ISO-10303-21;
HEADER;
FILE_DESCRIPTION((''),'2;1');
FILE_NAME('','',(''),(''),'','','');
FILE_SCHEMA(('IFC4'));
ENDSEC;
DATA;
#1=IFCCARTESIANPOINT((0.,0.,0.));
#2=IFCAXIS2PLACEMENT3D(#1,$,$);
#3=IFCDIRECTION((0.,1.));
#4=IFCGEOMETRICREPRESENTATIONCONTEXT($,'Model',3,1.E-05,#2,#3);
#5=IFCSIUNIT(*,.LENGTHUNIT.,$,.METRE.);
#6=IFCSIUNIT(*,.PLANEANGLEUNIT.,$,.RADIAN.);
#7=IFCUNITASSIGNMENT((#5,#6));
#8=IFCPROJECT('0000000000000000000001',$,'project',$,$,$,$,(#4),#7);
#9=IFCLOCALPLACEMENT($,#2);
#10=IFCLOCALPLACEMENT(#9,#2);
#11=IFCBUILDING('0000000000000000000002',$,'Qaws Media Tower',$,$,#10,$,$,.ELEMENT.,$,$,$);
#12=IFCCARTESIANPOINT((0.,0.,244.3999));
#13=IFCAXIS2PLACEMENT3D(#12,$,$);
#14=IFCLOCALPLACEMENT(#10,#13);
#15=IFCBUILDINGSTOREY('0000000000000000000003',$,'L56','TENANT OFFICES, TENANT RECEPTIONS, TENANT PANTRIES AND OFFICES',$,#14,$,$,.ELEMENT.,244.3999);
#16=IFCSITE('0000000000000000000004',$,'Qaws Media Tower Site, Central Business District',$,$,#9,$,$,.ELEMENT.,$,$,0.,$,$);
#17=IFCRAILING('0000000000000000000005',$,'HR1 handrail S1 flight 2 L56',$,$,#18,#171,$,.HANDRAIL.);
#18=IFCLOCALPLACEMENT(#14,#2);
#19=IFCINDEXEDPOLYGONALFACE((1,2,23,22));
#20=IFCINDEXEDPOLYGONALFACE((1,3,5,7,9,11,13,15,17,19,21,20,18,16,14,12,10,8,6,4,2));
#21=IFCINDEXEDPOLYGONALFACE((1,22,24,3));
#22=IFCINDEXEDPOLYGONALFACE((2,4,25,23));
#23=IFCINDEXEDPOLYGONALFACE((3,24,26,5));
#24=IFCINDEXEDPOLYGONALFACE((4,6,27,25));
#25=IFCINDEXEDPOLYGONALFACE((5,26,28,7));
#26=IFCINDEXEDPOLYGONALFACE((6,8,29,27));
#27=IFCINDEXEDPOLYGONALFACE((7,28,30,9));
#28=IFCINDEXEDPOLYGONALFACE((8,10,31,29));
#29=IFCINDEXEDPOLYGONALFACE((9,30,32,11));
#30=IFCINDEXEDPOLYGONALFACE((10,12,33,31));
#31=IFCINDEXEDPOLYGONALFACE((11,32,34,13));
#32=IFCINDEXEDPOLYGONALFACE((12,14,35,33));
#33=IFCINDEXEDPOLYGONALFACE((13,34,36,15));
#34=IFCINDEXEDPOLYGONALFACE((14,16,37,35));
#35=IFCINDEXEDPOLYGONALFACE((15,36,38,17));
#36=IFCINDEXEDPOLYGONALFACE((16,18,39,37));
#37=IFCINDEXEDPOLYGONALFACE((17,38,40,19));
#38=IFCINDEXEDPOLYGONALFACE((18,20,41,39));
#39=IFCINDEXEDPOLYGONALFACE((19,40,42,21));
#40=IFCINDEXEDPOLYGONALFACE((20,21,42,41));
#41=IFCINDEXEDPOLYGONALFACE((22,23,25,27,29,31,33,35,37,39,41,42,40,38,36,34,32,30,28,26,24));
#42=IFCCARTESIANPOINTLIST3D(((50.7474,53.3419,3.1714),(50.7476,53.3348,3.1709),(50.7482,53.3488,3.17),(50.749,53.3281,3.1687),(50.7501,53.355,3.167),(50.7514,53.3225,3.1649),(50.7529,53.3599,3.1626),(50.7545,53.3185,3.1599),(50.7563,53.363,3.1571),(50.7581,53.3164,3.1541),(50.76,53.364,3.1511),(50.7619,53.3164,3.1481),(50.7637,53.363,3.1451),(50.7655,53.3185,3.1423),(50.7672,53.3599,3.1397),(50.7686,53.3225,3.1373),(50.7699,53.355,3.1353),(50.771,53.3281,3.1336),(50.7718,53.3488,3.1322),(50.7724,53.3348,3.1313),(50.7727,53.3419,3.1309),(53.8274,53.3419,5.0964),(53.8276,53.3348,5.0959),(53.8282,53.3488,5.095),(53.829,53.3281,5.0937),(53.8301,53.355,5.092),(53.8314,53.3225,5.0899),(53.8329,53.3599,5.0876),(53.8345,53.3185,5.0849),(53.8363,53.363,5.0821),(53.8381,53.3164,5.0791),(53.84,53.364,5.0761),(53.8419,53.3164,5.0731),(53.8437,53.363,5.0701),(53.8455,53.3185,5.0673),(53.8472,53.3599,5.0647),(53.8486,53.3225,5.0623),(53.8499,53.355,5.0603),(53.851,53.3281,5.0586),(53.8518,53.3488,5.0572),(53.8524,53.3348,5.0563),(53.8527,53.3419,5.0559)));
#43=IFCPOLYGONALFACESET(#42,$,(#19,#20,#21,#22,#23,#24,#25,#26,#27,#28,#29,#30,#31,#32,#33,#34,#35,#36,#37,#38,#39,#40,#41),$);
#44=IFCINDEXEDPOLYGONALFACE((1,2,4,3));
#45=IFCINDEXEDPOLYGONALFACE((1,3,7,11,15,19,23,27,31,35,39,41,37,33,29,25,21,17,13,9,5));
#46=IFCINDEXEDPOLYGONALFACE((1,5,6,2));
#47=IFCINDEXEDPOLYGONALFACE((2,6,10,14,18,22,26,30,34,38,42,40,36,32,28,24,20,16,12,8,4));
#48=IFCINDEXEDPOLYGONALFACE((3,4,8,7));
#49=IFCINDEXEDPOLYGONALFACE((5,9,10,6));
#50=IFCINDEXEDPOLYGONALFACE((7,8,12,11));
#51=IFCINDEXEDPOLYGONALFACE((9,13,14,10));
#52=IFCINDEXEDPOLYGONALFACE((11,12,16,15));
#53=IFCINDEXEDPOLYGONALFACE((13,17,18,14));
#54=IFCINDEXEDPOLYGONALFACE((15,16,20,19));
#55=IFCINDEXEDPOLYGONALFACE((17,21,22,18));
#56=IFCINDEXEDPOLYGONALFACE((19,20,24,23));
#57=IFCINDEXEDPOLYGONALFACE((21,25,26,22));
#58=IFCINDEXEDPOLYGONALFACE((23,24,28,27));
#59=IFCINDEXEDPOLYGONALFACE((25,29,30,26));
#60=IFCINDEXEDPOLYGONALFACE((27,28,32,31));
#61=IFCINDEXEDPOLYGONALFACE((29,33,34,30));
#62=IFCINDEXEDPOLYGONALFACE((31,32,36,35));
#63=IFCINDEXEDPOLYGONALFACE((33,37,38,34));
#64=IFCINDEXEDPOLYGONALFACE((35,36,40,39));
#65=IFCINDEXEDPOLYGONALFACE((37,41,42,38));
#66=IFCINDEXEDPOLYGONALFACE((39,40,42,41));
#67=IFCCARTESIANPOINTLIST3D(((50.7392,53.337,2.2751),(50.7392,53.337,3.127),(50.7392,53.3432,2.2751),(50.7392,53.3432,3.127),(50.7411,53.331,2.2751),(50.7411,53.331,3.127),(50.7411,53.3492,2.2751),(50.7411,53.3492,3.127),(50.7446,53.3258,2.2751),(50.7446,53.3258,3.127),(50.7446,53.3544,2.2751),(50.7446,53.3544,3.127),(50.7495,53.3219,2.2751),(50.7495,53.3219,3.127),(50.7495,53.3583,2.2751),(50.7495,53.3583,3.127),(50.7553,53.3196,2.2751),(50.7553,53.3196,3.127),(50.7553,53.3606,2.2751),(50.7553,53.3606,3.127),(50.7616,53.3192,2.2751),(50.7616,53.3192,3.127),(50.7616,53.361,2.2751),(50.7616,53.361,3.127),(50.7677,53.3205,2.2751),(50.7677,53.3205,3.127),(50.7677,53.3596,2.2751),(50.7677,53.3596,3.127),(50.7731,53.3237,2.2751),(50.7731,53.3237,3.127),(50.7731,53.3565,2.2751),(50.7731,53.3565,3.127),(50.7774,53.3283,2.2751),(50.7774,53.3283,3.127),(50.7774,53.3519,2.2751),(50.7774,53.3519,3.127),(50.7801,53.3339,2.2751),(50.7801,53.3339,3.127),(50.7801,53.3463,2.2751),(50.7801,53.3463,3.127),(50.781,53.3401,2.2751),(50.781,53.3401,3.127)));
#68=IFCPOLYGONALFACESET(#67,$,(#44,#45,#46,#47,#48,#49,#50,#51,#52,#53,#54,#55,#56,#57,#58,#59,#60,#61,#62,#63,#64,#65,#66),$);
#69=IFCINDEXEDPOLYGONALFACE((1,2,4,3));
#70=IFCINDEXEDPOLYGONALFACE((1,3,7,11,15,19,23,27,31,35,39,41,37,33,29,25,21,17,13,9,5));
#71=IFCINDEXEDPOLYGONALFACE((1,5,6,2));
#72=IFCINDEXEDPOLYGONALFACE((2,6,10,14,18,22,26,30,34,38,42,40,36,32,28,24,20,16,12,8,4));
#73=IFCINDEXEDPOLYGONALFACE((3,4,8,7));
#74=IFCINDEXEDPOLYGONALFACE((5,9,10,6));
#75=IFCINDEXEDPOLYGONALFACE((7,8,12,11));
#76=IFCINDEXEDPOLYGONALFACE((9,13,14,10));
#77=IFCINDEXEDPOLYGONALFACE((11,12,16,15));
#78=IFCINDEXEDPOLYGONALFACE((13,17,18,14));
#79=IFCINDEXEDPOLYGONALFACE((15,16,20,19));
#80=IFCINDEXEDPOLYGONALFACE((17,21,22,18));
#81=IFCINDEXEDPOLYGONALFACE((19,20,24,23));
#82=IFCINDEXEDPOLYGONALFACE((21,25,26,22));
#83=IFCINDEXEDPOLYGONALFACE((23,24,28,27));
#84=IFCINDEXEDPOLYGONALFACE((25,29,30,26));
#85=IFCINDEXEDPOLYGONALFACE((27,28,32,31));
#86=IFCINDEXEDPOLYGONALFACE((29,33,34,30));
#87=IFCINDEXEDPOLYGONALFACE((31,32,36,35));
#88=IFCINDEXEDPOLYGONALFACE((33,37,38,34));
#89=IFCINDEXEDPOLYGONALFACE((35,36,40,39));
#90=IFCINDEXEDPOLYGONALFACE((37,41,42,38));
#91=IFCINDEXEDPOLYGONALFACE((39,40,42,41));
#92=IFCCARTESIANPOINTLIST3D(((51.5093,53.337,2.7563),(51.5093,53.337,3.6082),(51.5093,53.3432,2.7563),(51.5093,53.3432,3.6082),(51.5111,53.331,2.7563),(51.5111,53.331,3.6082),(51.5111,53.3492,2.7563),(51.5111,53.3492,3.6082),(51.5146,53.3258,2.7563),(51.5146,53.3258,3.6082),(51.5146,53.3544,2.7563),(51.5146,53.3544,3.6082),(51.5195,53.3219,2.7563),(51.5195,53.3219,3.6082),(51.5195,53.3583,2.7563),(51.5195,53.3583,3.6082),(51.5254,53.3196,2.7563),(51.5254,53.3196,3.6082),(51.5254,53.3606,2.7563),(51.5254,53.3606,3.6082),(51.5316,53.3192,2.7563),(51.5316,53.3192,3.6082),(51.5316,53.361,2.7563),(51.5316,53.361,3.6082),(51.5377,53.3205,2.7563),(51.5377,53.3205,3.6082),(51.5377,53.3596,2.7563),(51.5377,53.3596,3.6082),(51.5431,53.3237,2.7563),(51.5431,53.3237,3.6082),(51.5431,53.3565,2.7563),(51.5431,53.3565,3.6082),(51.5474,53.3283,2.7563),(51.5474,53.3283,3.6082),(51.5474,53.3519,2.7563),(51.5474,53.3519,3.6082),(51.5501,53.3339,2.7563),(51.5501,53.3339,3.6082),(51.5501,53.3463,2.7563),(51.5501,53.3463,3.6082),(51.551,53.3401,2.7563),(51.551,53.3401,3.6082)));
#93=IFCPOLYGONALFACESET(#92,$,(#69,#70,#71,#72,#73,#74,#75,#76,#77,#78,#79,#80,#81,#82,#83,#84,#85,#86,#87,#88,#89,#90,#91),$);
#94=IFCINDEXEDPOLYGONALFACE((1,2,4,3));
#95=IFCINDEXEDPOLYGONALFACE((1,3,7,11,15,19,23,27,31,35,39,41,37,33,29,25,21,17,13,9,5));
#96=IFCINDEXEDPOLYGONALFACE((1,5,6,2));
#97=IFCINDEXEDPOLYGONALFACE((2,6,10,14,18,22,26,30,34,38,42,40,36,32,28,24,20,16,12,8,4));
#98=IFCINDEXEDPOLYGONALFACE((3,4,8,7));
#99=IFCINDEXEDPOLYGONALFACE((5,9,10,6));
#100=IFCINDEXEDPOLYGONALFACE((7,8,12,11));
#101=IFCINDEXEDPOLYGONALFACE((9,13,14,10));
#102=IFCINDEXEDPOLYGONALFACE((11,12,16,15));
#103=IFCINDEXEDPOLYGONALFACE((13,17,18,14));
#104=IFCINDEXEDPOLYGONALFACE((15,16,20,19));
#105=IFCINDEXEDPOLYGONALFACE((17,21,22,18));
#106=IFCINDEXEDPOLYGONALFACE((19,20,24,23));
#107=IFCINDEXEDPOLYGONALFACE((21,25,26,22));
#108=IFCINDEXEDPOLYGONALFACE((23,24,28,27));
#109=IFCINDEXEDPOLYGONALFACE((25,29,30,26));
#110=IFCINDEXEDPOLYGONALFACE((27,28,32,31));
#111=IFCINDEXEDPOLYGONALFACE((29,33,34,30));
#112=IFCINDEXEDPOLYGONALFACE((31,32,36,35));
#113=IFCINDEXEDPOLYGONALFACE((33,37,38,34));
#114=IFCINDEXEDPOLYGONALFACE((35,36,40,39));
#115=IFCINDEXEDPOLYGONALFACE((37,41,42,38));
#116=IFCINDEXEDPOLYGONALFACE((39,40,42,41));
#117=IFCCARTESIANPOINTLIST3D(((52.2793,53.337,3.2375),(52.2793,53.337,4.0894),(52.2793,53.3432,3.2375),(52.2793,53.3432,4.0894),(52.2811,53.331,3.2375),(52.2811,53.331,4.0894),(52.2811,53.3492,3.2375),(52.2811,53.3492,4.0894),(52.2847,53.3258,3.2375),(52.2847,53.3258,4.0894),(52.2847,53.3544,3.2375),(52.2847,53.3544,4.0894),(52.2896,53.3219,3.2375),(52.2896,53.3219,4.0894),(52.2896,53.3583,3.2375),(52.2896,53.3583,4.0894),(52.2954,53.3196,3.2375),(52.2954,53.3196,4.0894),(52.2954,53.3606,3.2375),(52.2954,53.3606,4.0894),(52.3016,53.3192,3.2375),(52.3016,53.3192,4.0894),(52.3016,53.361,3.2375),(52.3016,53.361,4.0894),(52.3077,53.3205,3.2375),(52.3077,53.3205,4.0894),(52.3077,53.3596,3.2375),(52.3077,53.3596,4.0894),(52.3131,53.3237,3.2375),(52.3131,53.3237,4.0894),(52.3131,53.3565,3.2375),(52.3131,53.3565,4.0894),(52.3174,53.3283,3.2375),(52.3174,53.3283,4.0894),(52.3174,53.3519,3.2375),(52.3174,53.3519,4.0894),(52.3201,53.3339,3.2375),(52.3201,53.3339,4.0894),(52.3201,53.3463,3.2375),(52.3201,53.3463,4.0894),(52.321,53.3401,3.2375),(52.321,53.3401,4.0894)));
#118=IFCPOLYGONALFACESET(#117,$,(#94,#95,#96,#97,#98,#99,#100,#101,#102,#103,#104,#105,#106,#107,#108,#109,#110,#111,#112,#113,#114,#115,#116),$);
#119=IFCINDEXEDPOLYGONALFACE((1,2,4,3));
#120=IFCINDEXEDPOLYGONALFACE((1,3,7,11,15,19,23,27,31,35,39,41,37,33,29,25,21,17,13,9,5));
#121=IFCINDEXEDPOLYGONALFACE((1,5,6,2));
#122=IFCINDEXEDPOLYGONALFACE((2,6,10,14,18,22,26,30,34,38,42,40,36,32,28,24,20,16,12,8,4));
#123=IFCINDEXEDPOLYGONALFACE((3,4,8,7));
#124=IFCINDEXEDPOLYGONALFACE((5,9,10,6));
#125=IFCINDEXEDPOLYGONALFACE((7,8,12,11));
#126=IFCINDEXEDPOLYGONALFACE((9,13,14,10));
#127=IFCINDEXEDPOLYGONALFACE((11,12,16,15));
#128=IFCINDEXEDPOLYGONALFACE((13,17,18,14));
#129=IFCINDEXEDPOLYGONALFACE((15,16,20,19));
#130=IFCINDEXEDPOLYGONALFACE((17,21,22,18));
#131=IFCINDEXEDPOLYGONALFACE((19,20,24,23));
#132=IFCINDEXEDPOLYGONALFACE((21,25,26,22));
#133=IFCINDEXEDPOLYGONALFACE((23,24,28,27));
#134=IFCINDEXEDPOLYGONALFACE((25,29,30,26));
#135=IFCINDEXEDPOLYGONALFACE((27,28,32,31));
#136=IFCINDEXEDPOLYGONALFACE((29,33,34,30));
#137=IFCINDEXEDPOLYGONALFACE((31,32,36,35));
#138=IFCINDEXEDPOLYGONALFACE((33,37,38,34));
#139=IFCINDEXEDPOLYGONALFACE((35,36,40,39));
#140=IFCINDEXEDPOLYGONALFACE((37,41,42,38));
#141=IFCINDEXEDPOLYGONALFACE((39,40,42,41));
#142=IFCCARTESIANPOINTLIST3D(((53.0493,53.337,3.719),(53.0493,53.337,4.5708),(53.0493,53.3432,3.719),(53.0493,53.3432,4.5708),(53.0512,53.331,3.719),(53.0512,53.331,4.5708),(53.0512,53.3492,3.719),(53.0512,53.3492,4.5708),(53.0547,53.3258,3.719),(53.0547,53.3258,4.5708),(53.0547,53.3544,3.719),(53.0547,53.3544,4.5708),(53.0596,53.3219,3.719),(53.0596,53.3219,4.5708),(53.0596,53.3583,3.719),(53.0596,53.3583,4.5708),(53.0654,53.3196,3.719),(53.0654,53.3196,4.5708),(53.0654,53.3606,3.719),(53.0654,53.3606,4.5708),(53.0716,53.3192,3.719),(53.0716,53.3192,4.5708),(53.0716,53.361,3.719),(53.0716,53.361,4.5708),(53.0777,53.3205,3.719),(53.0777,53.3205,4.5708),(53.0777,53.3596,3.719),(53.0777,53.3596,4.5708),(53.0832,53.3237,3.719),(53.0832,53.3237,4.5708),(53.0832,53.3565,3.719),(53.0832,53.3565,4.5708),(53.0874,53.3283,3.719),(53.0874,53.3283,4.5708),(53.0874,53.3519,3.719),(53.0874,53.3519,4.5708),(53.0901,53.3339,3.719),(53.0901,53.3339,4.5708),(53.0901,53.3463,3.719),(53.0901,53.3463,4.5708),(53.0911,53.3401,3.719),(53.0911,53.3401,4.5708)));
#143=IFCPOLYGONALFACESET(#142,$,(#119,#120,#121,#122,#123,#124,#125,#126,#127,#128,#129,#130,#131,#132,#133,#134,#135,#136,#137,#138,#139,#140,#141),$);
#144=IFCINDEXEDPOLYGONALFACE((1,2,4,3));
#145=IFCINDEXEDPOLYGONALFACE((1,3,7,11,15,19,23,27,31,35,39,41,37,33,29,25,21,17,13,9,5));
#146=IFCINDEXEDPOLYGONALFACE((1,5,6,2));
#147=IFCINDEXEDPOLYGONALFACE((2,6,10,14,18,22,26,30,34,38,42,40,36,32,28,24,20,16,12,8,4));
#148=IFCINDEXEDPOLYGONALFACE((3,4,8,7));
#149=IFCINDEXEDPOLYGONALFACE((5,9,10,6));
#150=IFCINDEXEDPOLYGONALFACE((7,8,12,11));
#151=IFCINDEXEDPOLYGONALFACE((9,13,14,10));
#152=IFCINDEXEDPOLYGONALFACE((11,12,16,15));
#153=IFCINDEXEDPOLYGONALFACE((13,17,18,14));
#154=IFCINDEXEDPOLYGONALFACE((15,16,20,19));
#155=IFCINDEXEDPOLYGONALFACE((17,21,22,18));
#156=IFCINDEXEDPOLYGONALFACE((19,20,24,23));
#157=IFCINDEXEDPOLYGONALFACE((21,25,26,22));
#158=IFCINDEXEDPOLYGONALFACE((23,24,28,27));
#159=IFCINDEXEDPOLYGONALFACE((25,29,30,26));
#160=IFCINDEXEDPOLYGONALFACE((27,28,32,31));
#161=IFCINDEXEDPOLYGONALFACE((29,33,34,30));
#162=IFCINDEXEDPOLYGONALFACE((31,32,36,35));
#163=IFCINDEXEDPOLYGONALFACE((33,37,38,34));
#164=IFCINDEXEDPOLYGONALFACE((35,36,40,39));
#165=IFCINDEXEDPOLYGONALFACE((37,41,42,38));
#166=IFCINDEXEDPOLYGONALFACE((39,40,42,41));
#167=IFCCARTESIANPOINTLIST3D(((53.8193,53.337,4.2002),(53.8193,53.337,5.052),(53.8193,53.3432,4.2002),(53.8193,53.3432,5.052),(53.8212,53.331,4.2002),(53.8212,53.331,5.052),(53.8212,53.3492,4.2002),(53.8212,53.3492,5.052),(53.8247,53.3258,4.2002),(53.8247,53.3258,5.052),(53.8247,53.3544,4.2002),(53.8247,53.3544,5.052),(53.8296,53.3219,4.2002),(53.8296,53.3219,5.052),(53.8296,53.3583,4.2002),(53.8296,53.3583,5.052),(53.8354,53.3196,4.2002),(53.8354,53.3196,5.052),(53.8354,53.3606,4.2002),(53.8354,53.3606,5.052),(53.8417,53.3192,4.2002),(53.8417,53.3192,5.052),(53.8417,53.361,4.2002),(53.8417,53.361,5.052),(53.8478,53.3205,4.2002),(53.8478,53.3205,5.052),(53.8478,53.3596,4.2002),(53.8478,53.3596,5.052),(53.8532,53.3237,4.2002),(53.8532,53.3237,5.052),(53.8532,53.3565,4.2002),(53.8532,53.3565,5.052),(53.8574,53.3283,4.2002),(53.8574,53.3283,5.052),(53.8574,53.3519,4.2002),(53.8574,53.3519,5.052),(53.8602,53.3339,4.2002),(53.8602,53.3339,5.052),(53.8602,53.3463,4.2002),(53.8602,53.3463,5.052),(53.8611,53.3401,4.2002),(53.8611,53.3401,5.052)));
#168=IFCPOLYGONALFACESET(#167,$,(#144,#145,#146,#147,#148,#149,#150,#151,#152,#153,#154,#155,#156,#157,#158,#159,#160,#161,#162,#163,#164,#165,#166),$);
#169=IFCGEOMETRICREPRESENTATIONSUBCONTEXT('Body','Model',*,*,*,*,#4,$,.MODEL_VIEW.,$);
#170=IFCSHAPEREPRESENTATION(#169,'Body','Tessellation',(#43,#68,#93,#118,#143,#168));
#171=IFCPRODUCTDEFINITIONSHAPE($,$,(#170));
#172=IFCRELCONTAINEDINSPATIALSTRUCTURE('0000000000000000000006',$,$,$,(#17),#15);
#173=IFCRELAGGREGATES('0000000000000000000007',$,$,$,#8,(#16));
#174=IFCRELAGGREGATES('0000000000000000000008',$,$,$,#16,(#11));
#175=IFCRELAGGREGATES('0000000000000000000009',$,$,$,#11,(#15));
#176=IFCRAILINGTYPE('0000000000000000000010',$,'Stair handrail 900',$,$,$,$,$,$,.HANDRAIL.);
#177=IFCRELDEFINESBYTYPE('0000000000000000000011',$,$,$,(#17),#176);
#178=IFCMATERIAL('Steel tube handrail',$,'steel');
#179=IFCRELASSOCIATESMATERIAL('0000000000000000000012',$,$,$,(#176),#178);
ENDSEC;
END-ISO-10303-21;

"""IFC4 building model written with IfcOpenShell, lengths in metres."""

from ifc_helpers import new_model, si_unit, direction, frame, origin, origin_2d, place, context, subcontext, project, spatial, circle, extrude, material, type_object, element, save


model = new_model("IFC4")

# Units and contexts
model_context = context("Model", 3, precision=1e-05, world=origin(), true_north=direction((0.0, 1.0)))
body_context = subcontext(model_context, "Body", "Model", "MODEL_VIEW")
ifc_project = project(units=[si_unit("LENGTHUNIT", "METRE"), si_unit("PLANEANGLEUNIT", "RADIAN")], contexts=[model_context])

# Site, building, storey
site_placement = place(None, origin())
site = spatial("IfcSite", under=ifc_project, at=site_placement, Name="Qaws Media Tower Site, Central Business District", CompositionType="ELEMENT", RefElevation=0.0)
building_placement = place(site_placement, origin())
building = spatial("IfcBuilding", under=site, at=building_placement, Name="Qaws Media Tower", CompositionType="ELEMENT")
storey_placement = place(building_placement, frame((0.0, 0.0, 244.3999)))
storey = spatial("IfcBuildingStorey", under=building, at=storey_placement, Name="L56", Description="TENANT OFFICES, TENANT RECEPTIONS, TENANT PANTRIES AND OFFICES", CompositionType="ELEMENT", Elevation=244.3999)

# Railing
ifc_material_1 = material(Name="Steel tube handrail", Category="steel")
railing_type = type_object("IfcRailingType", Name="Stair handrail 900", PredefinedType="HANDRAIL", material=ifc_material_1)
for number, where, name in (
    (1, (50.76, 53.3401, 2.2751), "HR1 handrail S1 flight 2 L56"),
):
    element("IfcRailing", number, at=place(storey_placement, frame(where)), inside=storey, type_object=railing_type, Name=name, PredefinedType="HANDRAIL", context=body_context, shape_type="SweptSolid", body=[
        extrude(circle(Radius=0.0239, at=origin_2d()), frame((0.0, 0.0, 0.876), z_axis=(0.847998, 0.0, 0.529999), x_axis=(0.0, 1.0, 0.0)), (0.0, 0.0, 1.0), 3.6321),
        extrude(circle(Radius=0.021, at=origin_2d()), origin(), (0.0, 0.0, 1.0), 0.8518),
        extrude(circle(Radius=0.021, at=origin_2d()), frame((0.77, 0.0, 0.4812)), (0.0, 0.0, 1.0), 0.8518),
        extrude(circle(Radius=0.021, at=origin_2d()), frame((1.54, 0.0, 0.9624)), (0.0, 0.0, 1.0), 0.8518),
        extrude(circle(Radius=0.021, at=origin_2d()), frame((2.3101, 0.0, 1.4438)), (0.0, 0.0, 1.0), 0.8518),
        extrude(circle(Radius=0.021, at=origin_2d()), frame((3.0801, 0.0, 1.925)), (0.0, 0.0, 1.0), 0.8518),
    ])

save(model, "model.ifc")
